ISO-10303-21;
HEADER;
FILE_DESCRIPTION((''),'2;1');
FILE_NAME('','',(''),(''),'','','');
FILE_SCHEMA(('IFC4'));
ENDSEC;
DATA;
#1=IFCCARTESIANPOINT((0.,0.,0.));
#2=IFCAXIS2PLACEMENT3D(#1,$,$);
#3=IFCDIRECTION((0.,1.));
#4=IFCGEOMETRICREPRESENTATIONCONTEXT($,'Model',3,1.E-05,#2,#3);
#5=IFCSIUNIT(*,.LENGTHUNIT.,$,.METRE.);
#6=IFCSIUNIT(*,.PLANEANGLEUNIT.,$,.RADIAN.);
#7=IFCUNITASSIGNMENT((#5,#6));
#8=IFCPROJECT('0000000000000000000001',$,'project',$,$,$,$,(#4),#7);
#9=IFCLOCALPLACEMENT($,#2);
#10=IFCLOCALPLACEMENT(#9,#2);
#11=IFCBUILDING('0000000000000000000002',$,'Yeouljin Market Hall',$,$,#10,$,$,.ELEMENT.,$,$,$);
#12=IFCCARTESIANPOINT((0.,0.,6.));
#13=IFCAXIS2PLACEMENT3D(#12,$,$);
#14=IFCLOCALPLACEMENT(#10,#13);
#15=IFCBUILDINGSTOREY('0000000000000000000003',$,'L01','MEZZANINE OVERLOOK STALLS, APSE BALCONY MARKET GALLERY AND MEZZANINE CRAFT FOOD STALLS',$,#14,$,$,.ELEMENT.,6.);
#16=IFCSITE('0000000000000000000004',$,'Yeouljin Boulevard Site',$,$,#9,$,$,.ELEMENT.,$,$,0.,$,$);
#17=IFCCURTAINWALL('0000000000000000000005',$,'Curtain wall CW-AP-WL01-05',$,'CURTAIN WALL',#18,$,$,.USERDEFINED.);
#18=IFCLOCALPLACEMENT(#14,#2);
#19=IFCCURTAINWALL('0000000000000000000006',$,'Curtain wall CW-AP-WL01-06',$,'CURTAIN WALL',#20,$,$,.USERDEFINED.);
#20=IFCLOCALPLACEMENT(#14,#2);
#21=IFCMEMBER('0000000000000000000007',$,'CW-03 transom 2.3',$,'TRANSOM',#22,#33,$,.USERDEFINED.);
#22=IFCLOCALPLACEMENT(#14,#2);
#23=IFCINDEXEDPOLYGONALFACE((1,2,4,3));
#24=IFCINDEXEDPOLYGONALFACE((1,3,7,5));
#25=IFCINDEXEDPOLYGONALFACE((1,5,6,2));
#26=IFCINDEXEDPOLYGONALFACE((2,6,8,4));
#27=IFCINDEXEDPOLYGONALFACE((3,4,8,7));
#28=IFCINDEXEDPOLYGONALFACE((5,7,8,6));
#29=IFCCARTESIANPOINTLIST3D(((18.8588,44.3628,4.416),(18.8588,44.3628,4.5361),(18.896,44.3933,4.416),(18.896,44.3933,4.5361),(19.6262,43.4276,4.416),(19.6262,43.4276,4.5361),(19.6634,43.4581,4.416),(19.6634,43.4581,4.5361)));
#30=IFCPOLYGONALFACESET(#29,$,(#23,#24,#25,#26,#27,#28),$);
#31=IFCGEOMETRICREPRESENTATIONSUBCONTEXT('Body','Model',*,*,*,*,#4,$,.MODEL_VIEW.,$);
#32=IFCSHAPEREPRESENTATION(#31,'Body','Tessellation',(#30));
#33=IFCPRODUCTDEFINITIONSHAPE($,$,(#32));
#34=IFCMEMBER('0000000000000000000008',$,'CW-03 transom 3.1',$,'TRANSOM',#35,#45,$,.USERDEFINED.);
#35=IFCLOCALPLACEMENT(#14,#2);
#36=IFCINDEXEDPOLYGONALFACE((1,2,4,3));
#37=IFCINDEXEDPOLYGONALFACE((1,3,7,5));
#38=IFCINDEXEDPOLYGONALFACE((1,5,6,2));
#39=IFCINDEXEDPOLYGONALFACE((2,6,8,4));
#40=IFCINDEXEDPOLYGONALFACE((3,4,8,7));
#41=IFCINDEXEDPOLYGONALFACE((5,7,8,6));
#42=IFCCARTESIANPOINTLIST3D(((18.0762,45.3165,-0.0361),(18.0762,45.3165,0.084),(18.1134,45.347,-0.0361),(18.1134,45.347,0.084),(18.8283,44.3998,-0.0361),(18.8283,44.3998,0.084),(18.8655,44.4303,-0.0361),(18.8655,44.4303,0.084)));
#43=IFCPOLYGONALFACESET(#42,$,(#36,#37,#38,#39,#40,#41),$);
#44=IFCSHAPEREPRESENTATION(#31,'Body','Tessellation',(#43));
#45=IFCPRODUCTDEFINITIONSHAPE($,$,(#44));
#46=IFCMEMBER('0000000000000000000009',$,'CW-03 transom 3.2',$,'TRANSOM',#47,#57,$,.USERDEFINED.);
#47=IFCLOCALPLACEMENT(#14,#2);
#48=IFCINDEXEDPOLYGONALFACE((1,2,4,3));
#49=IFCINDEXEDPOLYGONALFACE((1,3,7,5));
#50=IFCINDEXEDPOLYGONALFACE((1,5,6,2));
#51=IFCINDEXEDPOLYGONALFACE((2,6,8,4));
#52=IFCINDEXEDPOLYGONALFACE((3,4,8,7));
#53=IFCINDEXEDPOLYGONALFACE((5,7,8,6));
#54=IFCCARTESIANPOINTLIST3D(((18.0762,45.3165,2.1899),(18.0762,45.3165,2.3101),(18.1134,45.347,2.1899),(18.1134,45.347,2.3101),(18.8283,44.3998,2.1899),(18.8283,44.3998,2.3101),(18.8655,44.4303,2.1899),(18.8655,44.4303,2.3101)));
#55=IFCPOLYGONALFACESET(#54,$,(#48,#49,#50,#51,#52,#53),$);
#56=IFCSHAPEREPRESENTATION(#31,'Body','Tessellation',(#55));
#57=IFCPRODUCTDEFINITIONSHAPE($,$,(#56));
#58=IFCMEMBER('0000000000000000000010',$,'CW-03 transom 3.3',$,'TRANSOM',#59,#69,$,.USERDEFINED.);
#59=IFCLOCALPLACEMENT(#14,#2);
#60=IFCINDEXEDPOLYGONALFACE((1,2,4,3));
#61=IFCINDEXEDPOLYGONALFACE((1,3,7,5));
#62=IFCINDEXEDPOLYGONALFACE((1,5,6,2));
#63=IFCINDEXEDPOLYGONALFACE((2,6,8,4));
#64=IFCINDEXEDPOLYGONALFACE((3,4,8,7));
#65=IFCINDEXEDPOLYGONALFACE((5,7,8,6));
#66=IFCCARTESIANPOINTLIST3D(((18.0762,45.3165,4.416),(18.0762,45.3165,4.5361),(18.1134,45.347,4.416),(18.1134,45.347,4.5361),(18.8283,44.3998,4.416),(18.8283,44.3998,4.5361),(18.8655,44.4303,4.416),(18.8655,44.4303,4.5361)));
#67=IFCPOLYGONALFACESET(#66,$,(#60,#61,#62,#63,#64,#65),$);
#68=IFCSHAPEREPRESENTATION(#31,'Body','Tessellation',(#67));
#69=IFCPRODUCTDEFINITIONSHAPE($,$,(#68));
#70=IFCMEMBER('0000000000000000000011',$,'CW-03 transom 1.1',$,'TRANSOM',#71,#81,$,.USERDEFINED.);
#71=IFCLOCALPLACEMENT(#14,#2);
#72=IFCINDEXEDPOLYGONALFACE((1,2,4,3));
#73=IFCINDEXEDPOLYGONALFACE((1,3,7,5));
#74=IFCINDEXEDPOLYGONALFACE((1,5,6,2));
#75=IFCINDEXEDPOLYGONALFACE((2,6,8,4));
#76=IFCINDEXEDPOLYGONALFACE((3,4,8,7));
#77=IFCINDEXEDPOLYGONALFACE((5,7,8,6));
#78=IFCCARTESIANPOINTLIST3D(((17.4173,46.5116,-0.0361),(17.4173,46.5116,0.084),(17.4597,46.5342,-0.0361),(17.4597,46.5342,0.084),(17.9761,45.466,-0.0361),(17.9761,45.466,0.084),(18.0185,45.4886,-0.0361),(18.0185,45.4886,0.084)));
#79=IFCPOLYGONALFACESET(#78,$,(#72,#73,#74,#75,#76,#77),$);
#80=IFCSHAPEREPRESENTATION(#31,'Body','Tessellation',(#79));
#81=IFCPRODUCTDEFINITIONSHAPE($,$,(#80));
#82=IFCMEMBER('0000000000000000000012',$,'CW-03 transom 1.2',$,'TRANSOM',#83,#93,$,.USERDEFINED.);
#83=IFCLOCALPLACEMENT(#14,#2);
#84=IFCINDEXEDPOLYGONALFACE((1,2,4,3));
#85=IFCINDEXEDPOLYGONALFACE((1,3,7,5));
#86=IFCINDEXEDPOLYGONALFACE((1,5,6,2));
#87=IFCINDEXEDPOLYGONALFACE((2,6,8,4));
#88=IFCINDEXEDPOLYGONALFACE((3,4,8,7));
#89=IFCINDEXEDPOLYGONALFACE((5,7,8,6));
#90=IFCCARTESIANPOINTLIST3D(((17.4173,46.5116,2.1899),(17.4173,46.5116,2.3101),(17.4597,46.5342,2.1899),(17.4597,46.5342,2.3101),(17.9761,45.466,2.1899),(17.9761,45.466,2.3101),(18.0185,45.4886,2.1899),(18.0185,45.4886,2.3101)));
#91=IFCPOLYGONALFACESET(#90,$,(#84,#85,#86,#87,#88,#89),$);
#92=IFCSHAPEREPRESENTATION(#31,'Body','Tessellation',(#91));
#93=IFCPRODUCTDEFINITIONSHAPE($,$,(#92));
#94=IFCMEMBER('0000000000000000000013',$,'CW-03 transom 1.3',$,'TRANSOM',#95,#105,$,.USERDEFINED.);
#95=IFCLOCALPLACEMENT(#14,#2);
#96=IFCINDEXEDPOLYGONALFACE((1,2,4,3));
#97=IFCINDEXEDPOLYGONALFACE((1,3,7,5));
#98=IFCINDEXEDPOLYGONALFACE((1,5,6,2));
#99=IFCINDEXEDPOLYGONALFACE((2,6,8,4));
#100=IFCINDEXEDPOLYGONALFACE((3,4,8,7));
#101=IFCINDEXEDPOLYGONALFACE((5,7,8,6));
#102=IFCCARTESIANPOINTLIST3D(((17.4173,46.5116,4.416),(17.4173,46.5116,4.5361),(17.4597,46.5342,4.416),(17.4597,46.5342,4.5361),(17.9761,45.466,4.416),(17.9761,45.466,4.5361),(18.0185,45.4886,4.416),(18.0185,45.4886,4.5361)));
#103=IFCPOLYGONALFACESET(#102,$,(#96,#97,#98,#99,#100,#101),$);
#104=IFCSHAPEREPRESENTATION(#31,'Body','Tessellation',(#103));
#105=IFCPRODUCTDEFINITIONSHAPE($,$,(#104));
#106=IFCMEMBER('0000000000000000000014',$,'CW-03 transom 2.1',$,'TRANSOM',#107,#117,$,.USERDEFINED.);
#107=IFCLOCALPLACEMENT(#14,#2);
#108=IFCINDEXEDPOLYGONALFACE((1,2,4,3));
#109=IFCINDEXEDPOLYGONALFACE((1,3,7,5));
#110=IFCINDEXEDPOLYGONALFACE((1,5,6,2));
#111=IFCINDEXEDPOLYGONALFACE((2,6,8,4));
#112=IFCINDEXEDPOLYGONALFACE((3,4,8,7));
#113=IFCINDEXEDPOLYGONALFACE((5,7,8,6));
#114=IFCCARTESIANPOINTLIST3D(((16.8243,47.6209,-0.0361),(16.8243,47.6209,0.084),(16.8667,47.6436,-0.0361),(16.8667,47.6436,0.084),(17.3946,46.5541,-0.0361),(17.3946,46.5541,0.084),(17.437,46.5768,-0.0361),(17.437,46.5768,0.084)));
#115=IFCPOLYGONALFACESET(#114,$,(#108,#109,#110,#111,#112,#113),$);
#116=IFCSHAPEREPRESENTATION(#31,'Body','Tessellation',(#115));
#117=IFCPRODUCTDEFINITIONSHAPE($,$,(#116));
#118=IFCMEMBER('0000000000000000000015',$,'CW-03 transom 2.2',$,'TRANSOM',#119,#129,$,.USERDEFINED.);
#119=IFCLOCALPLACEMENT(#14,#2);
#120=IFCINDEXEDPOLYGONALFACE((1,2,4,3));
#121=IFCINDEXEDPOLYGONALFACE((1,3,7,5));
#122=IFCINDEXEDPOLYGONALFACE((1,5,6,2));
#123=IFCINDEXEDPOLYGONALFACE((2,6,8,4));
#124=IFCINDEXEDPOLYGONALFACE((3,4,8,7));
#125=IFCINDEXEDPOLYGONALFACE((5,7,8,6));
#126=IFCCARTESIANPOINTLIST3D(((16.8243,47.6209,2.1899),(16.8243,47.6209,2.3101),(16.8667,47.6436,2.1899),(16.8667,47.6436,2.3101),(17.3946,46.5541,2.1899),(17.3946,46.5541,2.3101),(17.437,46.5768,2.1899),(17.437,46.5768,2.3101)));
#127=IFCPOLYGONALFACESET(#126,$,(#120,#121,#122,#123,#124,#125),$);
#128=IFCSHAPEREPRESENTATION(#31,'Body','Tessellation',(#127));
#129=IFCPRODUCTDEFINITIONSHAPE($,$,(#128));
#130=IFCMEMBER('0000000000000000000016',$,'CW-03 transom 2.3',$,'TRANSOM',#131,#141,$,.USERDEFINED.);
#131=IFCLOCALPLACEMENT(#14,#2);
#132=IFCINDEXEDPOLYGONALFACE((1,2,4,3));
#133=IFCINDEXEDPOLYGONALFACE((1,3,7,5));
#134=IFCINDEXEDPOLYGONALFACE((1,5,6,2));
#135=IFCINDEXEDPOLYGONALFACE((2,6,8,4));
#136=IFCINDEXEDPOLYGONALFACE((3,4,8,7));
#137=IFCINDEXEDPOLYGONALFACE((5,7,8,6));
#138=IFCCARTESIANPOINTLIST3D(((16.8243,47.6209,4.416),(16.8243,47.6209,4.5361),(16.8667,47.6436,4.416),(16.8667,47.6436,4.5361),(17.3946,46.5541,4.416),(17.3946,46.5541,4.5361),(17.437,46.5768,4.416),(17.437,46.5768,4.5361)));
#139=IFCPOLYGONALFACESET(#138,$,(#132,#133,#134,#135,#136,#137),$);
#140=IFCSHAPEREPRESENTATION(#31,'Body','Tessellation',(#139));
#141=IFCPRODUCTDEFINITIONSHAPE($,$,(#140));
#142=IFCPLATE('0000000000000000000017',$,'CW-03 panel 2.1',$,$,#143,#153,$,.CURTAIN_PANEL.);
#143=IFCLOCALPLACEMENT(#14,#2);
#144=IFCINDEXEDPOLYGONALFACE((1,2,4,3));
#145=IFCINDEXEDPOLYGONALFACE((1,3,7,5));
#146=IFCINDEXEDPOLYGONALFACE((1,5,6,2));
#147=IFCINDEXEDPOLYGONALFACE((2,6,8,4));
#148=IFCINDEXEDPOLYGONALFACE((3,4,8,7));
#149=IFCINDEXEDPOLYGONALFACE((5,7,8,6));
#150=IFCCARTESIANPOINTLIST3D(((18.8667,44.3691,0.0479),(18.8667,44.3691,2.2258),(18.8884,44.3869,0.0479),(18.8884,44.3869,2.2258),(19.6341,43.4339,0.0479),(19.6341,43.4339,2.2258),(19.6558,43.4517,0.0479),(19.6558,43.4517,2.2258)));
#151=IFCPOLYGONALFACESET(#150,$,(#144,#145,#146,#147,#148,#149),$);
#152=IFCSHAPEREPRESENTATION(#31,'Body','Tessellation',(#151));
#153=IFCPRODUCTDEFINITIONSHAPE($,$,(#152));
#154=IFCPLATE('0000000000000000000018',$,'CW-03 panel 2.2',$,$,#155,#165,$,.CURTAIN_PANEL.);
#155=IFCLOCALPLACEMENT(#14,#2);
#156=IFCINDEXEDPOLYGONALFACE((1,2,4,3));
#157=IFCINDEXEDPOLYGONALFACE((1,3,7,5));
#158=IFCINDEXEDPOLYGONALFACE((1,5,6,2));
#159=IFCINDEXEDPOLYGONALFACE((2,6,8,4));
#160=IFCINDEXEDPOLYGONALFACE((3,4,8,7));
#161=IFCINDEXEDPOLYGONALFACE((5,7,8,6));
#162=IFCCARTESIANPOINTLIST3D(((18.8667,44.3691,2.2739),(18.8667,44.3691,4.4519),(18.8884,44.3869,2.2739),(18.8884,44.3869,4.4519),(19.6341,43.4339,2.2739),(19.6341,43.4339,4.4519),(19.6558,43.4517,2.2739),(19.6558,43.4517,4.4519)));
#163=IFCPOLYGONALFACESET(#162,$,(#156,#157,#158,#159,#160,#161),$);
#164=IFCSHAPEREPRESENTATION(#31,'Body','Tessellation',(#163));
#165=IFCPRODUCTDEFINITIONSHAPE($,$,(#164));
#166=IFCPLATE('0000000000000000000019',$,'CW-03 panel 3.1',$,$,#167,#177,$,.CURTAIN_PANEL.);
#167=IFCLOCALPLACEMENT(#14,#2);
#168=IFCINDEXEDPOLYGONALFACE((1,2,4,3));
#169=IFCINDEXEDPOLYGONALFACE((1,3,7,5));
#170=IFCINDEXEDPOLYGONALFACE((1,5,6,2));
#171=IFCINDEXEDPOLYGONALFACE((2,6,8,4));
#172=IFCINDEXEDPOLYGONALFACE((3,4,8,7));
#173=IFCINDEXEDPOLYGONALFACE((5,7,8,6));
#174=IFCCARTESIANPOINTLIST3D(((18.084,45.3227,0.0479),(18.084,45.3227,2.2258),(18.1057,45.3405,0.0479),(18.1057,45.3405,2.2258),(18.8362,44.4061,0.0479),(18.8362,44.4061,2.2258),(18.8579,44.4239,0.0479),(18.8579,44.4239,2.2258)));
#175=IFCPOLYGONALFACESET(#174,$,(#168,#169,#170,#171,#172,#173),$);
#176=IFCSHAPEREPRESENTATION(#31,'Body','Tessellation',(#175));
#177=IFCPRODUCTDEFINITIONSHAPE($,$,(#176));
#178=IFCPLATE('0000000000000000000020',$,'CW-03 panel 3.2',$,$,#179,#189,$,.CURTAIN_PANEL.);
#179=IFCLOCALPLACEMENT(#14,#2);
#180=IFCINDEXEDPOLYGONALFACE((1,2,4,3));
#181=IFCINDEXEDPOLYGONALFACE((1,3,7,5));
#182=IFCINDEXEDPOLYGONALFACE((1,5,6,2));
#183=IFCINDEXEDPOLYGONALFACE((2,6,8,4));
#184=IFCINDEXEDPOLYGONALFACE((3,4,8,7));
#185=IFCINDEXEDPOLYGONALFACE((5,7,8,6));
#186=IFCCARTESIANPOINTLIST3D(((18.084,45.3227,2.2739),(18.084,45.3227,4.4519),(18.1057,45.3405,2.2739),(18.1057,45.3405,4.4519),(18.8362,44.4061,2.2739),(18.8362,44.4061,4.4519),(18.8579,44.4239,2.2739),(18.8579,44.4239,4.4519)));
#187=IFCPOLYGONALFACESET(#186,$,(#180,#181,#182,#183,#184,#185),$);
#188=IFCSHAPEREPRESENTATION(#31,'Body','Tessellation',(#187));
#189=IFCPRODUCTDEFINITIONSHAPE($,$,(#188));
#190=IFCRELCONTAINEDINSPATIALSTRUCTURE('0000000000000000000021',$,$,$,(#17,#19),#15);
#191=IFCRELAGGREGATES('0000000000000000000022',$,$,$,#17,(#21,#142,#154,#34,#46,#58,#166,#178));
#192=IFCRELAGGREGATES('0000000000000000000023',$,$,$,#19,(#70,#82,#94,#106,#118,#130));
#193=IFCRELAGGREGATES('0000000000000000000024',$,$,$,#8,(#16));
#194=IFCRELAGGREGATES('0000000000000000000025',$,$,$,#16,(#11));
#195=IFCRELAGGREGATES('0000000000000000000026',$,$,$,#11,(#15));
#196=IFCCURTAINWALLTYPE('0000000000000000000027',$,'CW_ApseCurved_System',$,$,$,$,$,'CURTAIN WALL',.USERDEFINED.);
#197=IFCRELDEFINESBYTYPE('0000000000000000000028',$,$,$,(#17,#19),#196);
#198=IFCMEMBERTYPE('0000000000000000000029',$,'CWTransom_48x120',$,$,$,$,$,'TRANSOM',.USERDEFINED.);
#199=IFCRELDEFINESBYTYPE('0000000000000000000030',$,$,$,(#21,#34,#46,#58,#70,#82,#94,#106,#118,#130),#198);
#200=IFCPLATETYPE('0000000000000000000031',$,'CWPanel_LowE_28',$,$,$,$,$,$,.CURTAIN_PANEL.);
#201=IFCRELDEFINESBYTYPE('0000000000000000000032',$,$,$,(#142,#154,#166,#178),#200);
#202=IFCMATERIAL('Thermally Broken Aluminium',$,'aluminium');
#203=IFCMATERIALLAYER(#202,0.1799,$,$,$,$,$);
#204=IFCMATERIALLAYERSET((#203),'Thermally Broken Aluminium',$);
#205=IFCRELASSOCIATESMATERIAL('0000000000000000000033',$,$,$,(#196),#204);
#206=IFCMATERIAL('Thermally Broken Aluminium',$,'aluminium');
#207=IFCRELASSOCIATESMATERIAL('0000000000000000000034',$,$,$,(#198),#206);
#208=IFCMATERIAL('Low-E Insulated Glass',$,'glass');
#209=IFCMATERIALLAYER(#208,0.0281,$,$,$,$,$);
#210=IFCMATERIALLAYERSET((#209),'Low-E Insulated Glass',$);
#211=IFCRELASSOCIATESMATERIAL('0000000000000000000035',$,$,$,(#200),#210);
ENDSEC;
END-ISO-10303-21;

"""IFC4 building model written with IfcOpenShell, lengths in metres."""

from ifc_helpers import new_model, si_unit, direction, frame, origin, origin_2d, place, context, subcontext, project, spatial, rectangle, extrude, material, layer, layer_set, material_profile, profile_set, type_object, element, aggregate, save


model = new_model("IFC4")

# Units and contexts
model_context = context("Model", 3, precision=1e-05, world=origin(), true_north=direction((0.0, 1.0)))
body_context = subcontext(model_context, "Body", "Model", "MODEL_VIEW")
ifc_project = project(units=[si_unit("LENGTHUNIT", "METRE"), si_unit("PLANEANGLEUNIT", "RADIAN")], contexts=[model_context])

# Site, building, storey
site_placement = place(None, origin())
site = spatial("IfcSite", under=ifc_project, at=site_placement, Name="Yeouljin Boulevard Site", CompositionType="ELEMENT", RefElevation=0.0)
building_placement = place(site_placement, origin())
building = spatial("IfcBuilding", under=site, at=building_placement, Name="Yeouljin Market Hall", CompositionType="ELEMENT")
storey_placement = place(building_placement, frame((0.0, 0.0, 6.0)))
storey = spatial("IfcBuildingStorey", under=building, at=storey_placement, Name="L01", Description="MEZZANINE OVERLOOK STALLS, APSE BALCONY MARKET GALLERY AND MEZZANINE CRAFT FOOD STALLS", CompositionType="ELEMENT", Elevation=6.0)

# Curtain walls
ifc_material_1 = material(Name="Thermally Broken Aluminium", Category="aluminium")
ifc_layer_1 = layer(ifc_material_1, 0.1799)
ifc_layer_set_1 = layer_set([ifc_layer_1], Name="Thermally Broken Aluminium")
curtain_wall_type = type_object("IfcCurtainWallType", Name="CW_ApseCurved_System", ElementType="CURTAIN WALL", PredefinedType="USERDEFINED", material=ifc_layer_set_1)
curtain_wall_1_placement = place(storey_placement, origin())
curtain_wall_1 = element("IfcCurtainWall", 1, at=curtain_wall_1_placement, inside=storey, type_object=curtain_wall_type, Name="Curtain wall CW-AP-WL01-05", ObjectType="CURTAIN WALL", PredefinedType="USERDEFINED")
curtain_wall_2_placement = place(storey_placement, origin())
curtain_wall_2 = element("IfcCurtainWall", 2, at=curtain_wall_2_placement, inside=storey, type_object=curtain_wall_type, Name="Curtain wall CW-AP-WL01-06", ObjectType="CURTAIN WALL", PredefinedType="USERDEFINED")

# Members
ifc_material_2 = material(Name="Thermally Broken Aluminium", Category="aluminium")
ifc_material_profile_1 = material_profile(ifc_material_2, rectangle(XDim=0.0481, YDim=0.1201, at=origin_2d()), Name="CW-TRAN-48x120")
ifc_profile_set_1 = profile_set([ifc_material_profile_1], Name="Thermally Broken Aluminium")
member_type_1 = type_object("IfcMemberType", Name="CWTransom_48x120", ElementType="TRANSOM", PredefinedType="USERDEFINED", material=ifc_profile_set_1)
member_1_placement = place(storey_placement, frame((19.6448, 43.4429, 4.4761), z_axis=(-0.634369, 0.77303, 0.0), x_axis=(-0.77303, -0.634369, 0.0)))
member_1 = element("IfcMember", 3, at=member_1_placement, type_object=member_type_1, Name="CW-03 transom 2.3", ObjectType="TRANSOM", PredefinedType="USERDEFINED", context=body_context, shape_type="SweptSolid", body=[
    extrude(rectangle(XDim=0.0481, YDim=0.1201, at=origin_2d()), origin(), (0.0, 0.0, 1.0), 1.2097),
])
member_2_placement = place(storey_placement, frame((18.8469, 44.415, 0.0239), z_axis=(-0.634313, 0.773076, 0.0), x_axis=(-0.773076, -0.634313, 0.0)))
member_2 = element("IfcMember", 4, at=member_2_placement, type_object=member_type_1, Name="CW-03 transom 3.1", ObjectType="TRANSOM", PredefinedType="USERDEFINED", context=body_context, shape_type="SweptSolid", body=[
    extrude(rectangle(XDim=0.0481, YDim=0.1201, at=origin_2d()), origin(), (0.0, 0.0, 1.0), 1.1858),
])
member_3_placement = place(storey_placement, frame((18.8469, 44.415, 2.25), z_axis=(-0.634313, 0.773076, 0.0), x_axis=(-0.773076, -0.634313, 0.0)))
member_3 = element("IfcMember", 5, at=member_3_placement, type_object=member_type_1, Name="CW-03 transom 3.2", ObjectType="TRANSOM", PredefinedType="USERDEFINED", context=body_context, shape_type="SweptSolid", body=[
    extrude(rectangle(XDim=0.0481, YDim=0.1201, at=origin_2d()), origin(), (0.0, 0.0, 1.0), 1.1858),
])
member_4_placement = place(storey_placement, frame((18.8469, 44.415, 4.4761), z_axis=(-0.634313, 0.773076, 0.0), x_axis=(-0.773076, -0.634313, 0.0)))
member_4 = element("IfcMember", 6, at=member_4_placement, type_object=member_type_1, Name="CW-03 transom 3.3", ObjectType="TRANSOM", PredefinedType="USERDEFINED", context=body_context, shape_type="SweptSolid", body=[
    extrude(rectangle(XDim=0.0481, YDim=0.1201, at=origin_2d()), origin(), (0.0, 0.0, 1.0), 1.1858),
])
member_5_placement = place(storey_placement, frame((17.9973, 45.4773, 0.0239), z_axis=(-0.471347, 0.881948, 0.0), x_axis=(-0.881948, -0.471347, 0.0)))
member_5 = element("IfcMember", 7, at=member_5_placement, type_object=member_type_1, Name="CW-03 transom 1.1", ObjectType="TRANSOM", PredefinedType="USERDEFINED", context=body_context, shape_type="SweptSolid", body=[
    extrude(rectangle(XDim=0.0481, YDim=0.1201, at=origin_2d()), origin(), (0.0, 0.0, 1.0), 1.1855),
])
member_6_placement = place(storey_placement, frame((17.9973, 45.4773, 2.25), z_axis=(-0.471347, 0.881948, 0.0), x_axis=(-0.881948, -0.471347, 0.0)))
member_6 = element("IfcMember", 8, at=member_6_placement, type_object=member_type_1, Name="CW-03 transom 1.2", ObjectType="TRANSOM", PredefinedType="USERDEFINED", context=body_context, shape_type="SweptSolid", body=[
    extrude(rectangle(XDim=0.0481, YDim=0.1201, at=origin_2d()), origin(), (0.0, 0.0, 1.0), 1.1855),
])
member_7_placement = place(storey_placement, frame((17.9973, 45.4773, 4.4761), z_axis=(-0.471347, 0.881948, 0.0), x_axis=(-0.881948, -0.471347, 0.0)))
member_7 = element("IfcMember", 9, at=member_7_placement, type_object=member_type_1, Name="CW-03 transom 1.3", ObjectType="TRANSOM", PredefinedType="USERDEFINED", context=body_context, shape_type="SweptSolid", body=[
    extrude(rectangle(XDim=0.0481, YDim=0.1201, at=origin_2d()), origin(), (0.0, 0.0, 1.0), 1.1855),
])
member_8_placement = place(storey_placement, frame((17.4158, 46.5654, 0.0239), z_axis=(-0.471426, 0.881906, 0.0), x_axis=(-0.881906, -0.471426, 0.0)))
member_8 = element("IfcMember", 10, at=member_8_placement, type_object=member_type_1, Name="CW-03 transom 2.1", ObjectType="TRANSOM", PredefinedType="USERDEFINED", context=body_context, shape_type="SweptSolid", body=[
    extrude(rectangle(XDim=0.0481, YDim=0.1201, at=origin_2d()), origin(), (0.0, 0.0, 1.0), 1.2097),
])
member_9_placement = place(storey_placement, frame((17.4158, 46.5654, 2.25), z_axis=(-0.471426, 0.881906, 0.0), x_axis=(-0.881906, -0.471426, 0.0)))
member_9 = element("IfcMember", 11, at=member_9_placement, type_object=member_type_1, Name="CW-03 transom 2.2", ObjectType="TRANSOM", PredefinedType="USERDEFINED", context=body_context, shape_type="SweptSolid", body=[
    extrude(rectangle(XDim=0.0481, YDim=0.1201, at=origin_2d()), origin(), (0.0, 0.0, 1.0), 1.2097),
])
member_10_placement = place(storey_placement, frame((17.4158, 46.5654, 4.4761), z_axis=(-0.471426, 0.881906, 0.0), x_axis=(-0.881906, -0.471426, 0.0)))
member_10 = element("IfcMember", 12, at=member_10_placement, type_object=member_type_1, Name="CW-03 transom 2.3", ObjectType="TRANSOM", PredefinedType="USERDEFINED", context=body_context, shape_type="SweptSolid", body=[
    extrude(rectangle(XDim=0.0481, YDim=0.1201, at=origin_2d()), origin(), (0.0, 0.0, 1.0), 1.2097),
])

# Plates
ifc_material_3 = material(Name="Low-E Insulated Glass", Category="glass")
ifc_layer_2 = layer(ifc_material_3, 0.0281)
ifc_layer_set_2 = layer_set([ifc_layer_2], Name="Low-E Insulated Glass")
plate_type = type_object("IfcPlateType", Name="CWPanel_LowE_28", PredefinedType="CURTAIN_PANEL", material=ifc_layer_set_2)
plate_1_placement = place(storey_placement, frame((19.2612, 43.9104, 0.0479), z_axis=(0.0, 0.0, 1.0), x_axis=(-0.634384, 0.773018, 0.0)))
plate_1 = element("IfcPlate", 13, at=plate_1_placement, type_object=plate_type, Name="CW-03 panel 2.1", PredefinedType="CURTAIN_PANEL", context=body_context, shape_type="SweptSolid", body=[
    extrude(rectangle(XDim=1.2097, YDim=0.0281, at=origin_2d()), origin(), (0.0, 0.0, 1.0), 2.178),
])
plate_2_placement = place(storey_placement, frame((19.2612, 43.9104, 2.2739), z_axis=(0.0, 0.0, 1.0), x_axis=(-0.634384, 0.773018, 0.0)))
plate_2 = element("IfcPlate", 14, at=plate_2_placement, type_object=plate_type, Name="CW-03 panel 2.2", PredefinedType="CURTAIN_PANEL", context=body_context, shape_type="SweptSolid", body=[
    extrude(rectangle(XDim=1.2097, YDim=0.0281, at=origin_2d()), origin(), (0.0, 0.0, 1.0), 2.178),
])
plate_3_placement = place(storey_placement, frame((18.4709, 44.8733, 0.0479), z_axis=(0.0, 0.0, 1.0), x_axis=(-0.634384, 0.773018, 0.0)))
plate_3 = element("IfcPlate", 15, at=plate_3_placement, type_object=plate_type, Name="CW-03 panel 3.1", PredefinedType="CURTAIN_PANEL", context=body_context, shape_type="SweptSolid", body=[
    extrude(rectangle(XDim=1.1858, YDim=0.0281, at=origin_2d()), origin(), (0.0, 0.0, 1.0), 2.178),
])
plate_4_placement = place(storey_placement, frame((18.4709, 44.8733, 2.2739), z_axis=(0.0, 0.0, 1.0), x_axis=(-0.634384, 0.773018, 0.0)))
plate_4 = element("IfcPlate", 16, at=plate_4_placement, type_object=plate_type, Name="CW-03 panel 3.2", PredefinedType="CURTAIN_PANEL", context=body_context, shape_type="SweptSolid", body=[
    extrude(rectangle(XDim=1.1858, YDim=0.0281, at=origin_2d()), origin(), (0.0, 0.0, 1.0), 2.178),
])
aggregate(curtain_wall_1, [member_1, plate_1, plate_2, member_2, member_3, member_4, plate_3, plate_4])
aggregate(curtain_wall_2, [member_5, member_6, member_7, member_8, member_9, member_10])

save(model, "model.ifc")
